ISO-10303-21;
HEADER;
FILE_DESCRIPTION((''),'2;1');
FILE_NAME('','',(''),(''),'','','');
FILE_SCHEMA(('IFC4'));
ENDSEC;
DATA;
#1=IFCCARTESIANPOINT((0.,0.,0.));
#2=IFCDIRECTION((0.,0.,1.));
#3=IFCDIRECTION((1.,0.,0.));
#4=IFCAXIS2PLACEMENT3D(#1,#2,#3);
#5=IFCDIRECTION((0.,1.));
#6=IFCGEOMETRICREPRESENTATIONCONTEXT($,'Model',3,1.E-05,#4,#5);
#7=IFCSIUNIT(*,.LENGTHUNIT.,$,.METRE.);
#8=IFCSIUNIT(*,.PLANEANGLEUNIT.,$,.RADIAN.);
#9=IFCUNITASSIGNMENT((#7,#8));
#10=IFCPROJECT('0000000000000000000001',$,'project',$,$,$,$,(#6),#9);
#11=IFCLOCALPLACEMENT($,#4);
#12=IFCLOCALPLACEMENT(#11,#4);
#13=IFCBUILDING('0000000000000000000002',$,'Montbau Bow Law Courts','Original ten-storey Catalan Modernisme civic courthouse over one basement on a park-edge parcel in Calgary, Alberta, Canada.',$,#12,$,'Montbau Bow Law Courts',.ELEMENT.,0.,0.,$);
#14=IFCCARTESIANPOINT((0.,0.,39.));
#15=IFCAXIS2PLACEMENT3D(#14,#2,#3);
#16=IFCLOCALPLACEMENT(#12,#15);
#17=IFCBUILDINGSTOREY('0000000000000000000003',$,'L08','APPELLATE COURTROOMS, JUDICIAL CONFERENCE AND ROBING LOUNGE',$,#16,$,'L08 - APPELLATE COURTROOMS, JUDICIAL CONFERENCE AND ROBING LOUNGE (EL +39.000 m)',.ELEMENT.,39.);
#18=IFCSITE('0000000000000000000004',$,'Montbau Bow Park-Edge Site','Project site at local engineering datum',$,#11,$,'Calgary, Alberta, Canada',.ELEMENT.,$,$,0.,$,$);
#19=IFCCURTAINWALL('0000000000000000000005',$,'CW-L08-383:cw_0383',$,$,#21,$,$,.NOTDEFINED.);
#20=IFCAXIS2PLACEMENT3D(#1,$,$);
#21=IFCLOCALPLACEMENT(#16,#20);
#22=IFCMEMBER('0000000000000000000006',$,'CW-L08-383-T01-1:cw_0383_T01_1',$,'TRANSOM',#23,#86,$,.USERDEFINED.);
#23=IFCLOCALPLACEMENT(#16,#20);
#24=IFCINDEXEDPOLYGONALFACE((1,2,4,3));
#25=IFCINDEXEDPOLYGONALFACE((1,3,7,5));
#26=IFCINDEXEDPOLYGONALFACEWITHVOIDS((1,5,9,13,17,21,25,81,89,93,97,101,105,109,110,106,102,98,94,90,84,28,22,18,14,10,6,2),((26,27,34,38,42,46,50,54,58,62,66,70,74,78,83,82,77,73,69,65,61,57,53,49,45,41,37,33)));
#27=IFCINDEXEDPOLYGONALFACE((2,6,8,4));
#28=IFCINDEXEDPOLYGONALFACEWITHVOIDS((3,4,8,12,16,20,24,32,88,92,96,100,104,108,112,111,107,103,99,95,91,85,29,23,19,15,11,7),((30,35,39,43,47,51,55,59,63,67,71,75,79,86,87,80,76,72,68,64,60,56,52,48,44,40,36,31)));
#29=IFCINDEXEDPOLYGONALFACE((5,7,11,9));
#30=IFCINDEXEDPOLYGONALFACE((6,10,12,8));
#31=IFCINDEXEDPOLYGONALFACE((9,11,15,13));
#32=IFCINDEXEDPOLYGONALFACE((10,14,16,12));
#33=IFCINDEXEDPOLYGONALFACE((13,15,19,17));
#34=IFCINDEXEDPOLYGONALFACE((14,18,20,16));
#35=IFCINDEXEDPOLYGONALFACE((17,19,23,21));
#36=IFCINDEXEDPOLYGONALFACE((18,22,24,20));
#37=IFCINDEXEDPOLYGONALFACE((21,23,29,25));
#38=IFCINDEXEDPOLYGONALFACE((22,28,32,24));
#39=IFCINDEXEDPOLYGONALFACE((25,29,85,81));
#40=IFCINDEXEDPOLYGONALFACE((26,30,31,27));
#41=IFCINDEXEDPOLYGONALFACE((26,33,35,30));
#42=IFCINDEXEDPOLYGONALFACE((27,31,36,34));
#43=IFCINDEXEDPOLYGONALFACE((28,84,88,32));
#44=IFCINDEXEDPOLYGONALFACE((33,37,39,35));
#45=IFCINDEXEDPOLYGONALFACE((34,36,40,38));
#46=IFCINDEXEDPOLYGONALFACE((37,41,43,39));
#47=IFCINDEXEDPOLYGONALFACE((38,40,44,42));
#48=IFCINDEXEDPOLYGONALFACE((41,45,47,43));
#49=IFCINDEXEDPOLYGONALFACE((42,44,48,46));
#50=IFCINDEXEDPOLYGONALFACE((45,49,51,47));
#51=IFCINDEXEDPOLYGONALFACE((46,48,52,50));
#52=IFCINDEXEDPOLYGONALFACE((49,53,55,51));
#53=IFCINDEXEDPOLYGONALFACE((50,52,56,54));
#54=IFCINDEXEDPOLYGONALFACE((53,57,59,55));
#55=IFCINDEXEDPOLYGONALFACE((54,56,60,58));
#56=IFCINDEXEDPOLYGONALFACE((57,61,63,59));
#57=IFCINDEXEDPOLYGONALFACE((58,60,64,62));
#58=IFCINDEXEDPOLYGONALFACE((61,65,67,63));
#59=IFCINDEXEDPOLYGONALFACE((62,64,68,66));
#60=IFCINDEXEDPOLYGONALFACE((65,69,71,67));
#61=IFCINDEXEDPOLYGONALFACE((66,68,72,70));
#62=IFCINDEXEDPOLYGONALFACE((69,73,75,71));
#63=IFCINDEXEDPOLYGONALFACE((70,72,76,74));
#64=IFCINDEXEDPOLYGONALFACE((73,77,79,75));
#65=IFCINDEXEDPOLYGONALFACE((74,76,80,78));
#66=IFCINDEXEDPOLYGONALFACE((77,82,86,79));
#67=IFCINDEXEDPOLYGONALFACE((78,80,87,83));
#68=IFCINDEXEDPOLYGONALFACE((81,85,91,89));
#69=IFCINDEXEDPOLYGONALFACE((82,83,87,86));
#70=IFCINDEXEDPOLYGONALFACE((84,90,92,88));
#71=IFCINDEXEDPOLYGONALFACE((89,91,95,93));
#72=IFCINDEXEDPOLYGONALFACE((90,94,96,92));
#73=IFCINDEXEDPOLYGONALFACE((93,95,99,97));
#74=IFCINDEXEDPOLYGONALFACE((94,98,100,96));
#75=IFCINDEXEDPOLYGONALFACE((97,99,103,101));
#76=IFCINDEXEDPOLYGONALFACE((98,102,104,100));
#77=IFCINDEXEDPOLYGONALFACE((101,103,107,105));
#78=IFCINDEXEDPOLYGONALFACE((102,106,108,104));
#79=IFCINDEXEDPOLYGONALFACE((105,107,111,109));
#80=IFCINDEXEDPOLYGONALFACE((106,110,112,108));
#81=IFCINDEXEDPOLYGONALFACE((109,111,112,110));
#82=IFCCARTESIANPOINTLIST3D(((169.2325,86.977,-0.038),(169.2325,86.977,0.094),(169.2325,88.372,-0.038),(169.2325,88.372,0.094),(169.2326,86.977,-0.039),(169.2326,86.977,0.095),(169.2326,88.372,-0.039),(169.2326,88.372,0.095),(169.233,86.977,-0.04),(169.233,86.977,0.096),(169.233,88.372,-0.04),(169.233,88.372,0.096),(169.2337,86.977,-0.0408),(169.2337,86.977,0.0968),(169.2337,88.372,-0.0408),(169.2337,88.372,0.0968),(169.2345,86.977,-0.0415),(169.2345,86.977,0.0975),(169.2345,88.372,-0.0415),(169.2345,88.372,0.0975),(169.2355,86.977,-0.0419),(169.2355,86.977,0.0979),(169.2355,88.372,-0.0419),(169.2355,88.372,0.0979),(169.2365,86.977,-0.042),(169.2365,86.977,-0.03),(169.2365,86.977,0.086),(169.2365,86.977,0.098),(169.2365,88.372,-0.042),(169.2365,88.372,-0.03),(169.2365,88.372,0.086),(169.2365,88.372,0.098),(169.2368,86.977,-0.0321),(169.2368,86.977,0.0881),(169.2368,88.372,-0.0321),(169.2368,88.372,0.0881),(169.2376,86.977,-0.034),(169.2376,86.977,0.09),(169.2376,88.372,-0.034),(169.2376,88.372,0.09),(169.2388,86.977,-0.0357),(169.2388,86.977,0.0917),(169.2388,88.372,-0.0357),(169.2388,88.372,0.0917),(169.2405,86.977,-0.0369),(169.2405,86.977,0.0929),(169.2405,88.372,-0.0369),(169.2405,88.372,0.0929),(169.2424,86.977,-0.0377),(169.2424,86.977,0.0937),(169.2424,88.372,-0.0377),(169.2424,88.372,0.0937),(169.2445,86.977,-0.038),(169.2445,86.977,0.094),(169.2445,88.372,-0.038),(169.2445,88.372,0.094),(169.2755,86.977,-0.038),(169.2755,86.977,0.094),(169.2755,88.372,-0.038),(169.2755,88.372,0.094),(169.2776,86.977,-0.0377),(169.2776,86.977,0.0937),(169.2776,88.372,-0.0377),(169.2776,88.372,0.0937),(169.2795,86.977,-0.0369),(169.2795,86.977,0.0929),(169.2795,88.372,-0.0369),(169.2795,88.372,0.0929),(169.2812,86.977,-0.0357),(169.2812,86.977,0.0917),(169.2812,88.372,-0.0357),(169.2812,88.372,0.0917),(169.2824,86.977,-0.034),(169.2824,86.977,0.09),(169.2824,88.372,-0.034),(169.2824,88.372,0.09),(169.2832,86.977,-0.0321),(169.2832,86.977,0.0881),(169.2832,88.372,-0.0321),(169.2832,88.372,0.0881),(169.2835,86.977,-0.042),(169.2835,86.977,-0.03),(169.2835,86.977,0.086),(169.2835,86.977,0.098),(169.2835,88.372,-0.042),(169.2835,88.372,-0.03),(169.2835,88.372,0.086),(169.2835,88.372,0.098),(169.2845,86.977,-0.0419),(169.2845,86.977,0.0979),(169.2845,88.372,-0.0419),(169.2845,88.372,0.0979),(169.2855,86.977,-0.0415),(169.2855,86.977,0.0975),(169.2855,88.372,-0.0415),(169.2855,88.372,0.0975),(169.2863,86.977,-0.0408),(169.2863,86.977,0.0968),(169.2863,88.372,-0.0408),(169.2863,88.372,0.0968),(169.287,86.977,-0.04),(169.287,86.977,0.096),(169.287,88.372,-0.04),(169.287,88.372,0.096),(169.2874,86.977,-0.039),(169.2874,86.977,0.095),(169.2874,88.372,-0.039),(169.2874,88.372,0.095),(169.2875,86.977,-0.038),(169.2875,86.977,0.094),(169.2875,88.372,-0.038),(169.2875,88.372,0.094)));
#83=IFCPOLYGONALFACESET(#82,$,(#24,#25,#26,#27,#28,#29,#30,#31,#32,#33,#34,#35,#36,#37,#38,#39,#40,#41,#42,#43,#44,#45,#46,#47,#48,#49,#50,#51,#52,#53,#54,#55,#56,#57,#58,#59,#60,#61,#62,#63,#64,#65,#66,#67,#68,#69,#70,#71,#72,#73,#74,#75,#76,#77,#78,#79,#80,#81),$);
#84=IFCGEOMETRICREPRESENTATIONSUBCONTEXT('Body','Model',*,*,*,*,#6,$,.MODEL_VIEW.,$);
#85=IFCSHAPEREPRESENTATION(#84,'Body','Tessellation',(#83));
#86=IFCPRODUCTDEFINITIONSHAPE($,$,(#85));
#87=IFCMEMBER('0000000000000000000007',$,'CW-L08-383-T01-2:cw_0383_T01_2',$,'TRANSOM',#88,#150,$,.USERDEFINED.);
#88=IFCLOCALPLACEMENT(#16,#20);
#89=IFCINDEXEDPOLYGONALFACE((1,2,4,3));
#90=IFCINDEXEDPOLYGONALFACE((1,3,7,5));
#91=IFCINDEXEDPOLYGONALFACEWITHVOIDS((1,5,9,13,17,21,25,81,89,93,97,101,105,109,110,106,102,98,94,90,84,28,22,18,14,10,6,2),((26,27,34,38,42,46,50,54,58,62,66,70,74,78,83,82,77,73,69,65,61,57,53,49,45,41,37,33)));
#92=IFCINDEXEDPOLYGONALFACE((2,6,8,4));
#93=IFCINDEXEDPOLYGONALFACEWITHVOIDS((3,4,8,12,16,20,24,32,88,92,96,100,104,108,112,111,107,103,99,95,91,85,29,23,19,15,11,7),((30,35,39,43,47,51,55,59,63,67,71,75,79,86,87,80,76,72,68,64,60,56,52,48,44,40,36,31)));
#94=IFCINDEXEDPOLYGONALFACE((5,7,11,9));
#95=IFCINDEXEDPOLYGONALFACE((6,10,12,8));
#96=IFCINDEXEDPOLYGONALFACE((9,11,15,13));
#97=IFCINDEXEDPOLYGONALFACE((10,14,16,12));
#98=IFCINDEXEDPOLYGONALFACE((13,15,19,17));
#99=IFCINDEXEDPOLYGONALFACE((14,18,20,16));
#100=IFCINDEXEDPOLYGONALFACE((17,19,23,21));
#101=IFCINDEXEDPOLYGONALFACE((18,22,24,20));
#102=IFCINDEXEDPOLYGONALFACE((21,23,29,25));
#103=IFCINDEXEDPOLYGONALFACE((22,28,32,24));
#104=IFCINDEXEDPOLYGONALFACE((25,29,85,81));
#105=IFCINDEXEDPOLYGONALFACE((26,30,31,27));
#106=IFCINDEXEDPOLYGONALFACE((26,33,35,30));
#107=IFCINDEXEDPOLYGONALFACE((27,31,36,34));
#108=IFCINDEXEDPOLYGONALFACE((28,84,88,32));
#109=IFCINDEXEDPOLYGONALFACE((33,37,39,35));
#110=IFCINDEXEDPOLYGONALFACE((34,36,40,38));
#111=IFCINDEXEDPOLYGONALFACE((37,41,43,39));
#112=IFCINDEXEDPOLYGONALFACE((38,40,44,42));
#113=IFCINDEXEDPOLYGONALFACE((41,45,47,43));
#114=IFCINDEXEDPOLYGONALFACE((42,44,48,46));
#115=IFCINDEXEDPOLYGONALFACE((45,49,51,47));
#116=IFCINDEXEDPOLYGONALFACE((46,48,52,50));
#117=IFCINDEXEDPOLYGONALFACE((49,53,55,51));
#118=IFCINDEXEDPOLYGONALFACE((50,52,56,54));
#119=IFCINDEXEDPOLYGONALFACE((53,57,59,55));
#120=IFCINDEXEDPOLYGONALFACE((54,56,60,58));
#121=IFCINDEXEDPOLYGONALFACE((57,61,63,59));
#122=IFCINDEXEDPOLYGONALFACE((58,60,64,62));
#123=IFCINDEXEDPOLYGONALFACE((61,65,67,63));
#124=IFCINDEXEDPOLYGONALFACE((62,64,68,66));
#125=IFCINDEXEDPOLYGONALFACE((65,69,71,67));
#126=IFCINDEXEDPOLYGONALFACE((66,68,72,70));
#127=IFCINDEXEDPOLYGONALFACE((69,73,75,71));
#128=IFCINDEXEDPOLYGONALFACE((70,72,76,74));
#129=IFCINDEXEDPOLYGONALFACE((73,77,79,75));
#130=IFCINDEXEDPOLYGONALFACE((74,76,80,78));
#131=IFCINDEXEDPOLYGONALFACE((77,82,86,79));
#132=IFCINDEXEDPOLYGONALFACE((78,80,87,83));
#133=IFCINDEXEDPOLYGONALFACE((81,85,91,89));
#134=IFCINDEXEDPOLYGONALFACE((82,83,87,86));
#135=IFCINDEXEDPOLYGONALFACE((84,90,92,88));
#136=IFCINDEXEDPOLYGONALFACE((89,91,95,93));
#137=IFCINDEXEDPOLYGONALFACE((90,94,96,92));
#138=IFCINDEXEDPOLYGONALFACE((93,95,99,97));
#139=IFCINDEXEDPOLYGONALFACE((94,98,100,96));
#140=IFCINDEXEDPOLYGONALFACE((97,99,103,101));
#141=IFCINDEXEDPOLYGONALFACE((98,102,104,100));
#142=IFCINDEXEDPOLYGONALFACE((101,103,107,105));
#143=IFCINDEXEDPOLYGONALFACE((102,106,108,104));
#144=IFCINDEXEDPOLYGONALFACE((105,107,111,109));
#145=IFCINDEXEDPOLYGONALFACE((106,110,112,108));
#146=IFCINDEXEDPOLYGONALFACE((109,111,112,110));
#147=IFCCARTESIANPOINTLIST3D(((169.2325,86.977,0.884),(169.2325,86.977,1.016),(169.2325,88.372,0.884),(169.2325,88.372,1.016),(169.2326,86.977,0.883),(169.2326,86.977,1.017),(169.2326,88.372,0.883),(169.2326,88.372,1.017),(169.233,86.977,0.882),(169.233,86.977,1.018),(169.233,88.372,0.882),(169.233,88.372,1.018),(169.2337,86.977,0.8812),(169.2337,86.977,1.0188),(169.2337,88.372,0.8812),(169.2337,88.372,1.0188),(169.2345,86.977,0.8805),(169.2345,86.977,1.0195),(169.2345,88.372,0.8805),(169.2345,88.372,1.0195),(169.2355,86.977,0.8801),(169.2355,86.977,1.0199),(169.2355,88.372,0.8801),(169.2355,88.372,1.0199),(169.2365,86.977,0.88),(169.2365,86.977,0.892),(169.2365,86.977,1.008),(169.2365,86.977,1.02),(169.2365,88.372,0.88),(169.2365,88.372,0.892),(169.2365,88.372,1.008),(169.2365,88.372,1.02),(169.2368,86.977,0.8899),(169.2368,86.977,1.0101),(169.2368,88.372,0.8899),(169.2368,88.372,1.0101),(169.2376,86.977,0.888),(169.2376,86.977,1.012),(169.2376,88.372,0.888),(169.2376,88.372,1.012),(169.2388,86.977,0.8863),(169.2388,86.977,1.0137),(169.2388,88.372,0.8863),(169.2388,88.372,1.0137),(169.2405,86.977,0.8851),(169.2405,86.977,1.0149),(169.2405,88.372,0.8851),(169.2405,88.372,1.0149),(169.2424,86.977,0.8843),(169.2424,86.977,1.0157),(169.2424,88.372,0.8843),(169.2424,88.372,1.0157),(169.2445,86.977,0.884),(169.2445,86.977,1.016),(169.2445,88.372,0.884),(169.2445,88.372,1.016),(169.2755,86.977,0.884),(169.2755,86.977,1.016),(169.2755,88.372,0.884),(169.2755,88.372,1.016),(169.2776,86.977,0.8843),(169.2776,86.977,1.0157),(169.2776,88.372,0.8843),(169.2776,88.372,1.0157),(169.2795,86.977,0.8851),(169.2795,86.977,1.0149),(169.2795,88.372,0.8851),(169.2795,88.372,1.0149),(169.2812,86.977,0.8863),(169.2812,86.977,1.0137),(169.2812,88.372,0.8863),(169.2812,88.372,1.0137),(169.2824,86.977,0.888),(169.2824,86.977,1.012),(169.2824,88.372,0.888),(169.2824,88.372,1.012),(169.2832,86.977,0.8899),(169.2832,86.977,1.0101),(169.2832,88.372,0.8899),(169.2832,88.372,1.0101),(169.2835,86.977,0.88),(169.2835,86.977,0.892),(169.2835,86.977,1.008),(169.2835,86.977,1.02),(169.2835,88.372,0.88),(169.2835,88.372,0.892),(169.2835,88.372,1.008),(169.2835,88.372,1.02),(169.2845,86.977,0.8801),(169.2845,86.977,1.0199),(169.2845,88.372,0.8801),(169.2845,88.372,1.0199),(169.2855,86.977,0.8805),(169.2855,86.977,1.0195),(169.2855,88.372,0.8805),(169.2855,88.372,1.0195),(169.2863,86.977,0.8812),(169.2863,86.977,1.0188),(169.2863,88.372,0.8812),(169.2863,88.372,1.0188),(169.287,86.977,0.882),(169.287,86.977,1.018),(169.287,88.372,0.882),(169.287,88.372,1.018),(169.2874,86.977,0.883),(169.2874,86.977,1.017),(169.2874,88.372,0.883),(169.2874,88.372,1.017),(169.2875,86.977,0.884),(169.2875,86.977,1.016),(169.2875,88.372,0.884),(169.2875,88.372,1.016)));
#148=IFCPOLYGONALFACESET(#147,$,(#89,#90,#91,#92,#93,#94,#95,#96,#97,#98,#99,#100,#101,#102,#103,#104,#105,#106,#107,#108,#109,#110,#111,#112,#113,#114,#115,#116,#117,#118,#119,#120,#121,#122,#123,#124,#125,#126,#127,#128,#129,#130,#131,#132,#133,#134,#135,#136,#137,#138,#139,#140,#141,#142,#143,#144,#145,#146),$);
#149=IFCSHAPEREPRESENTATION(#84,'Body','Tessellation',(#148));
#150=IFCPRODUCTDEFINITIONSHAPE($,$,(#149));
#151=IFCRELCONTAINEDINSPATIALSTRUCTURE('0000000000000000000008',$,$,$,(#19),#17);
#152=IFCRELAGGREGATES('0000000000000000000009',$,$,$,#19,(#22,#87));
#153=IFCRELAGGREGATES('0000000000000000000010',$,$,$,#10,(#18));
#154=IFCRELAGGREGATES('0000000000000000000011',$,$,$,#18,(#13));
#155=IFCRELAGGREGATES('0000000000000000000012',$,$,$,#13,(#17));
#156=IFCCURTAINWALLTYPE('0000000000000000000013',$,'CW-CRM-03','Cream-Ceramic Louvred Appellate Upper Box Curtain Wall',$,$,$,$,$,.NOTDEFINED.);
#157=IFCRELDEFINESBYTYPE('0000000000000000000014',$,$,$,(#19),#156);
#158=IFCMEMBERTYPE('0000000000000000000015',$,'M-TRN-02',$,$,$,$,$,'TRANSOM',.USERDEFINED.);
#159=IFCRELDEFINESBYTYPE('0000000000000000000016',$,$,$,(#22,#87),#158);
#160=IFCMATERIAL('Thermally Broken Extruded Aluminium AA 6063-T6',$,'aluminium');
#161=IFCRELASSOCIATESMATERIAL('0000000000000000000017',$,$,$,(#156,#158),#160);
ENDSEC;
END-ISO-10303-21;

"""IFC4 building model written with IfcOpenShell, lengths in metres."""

from ifc_helpers import new_model, si_unit, direction, frame, origin_with_axes, origin_2d_with_axis, place, context, subcontext, project, spatial, hollow_rectangle, extrude, material, material_profile, profile_set, type_object, element, aggregate, save


model = new_model("IFC4")

# Units and contexts
model_context = context("Model", 3, precision=1e-05, world=origin_with_axes(), true_north=direction((0.0, 1.0)))
body_context = subcontext(model_context, "Body", "Model", "MODEL_VIEW")
ifc_project = project(units=[si_unit("LENGTHUNIT", "METRE"), si_unit("PLANEANGLEUNIT", "RADIAN")], contexts=[model_context])

# Site, building, storey
site_placement = place(None, origin_with_axes())
site = spatial("IfcSite", under=ifc_project, at=site_placement, Name="Montbau Bow Park-Edge Site", Description="Project site at local engineering datum", LongName="Calgary, Alberta, Canada", CompositionType="ELEMENT", RefElevation=0.0)
building_placement = place(site_placement, origin_with_axes())
building = spatial("IfcBuilding", under=site, at=building_placement, Name="Montbau Bow Law Courts", Description="Original ten-storey Catalan Modernisme civic courthouse over one basement on a park-edge parcel in Calgary, Alberta, Canada.", LongName="Montbau Bow Law Courts", CompositionType="ELEMENT", ElevationOfRefHeight=0.0, ElevationOfTerrain=0.0)
storey_placement = place(building_placement, frame((0.0, 0.0, 39.0), z_axis=(0.0, 0.0, 1.0), x_axis=(1.0, 0.0, 0.0)))
storey = spatial("IfcBuildingStorey", under=building, at=storey_placement, Name="L08", Description="APPELLATE COURTROOMS, JUDICIAL CONFERENCE AND ROBING LOUNGE", LongName="L08 - APPELLATE COURTROOMS, JUDICIAL CONFERENCE AND ROBING LOUNGE (EL +39.000 m)", CompositionType="ELEMENT", Elevation=39.0)

# Curtain wall
ifc_material_1 = material(Name="Thermally Broken Extruded Aluminium AA 6063-T6", Category="aluminium")
curtain_wall_type = type_object("IfcCurtainWallType", Name="CW-CRM-03", Description="Cream-Ceramic Louvred Appellate Upper Box Curtain Wall", PredefinedType="NOTDEFINED", material=ifc_material_1)
curtain_wall_1_placement = place(None, frame((169.26, 86.915, 39.0), z_axis=(0.0, 0.0, 1.0), x_axis=(1.0, 0.0, 0.0)))
curtain_wall_1 = element("IfcCurtainWall", 1, at=curtain_wall_1_placement, inside=storey, type_object=curtain_wall_type, Name="CW-L08-383:cw_0383", PredefinedType="NOTDEFINED")

# Members
ifc_material_profile_1 = material_profile(ifc_material_1, hollow_rectangle(XDim=0.055, YDim=0.14, WallThickness=0.004, InnerFilletRadius=0.008, OuterFilletRadius=0.004, at=origin_2d_with_axis()), Name="CWT-140X55", Category="Main", Priority=0)
ifc_profile_set_1 = profile_set([ifc_material_profile_1], Name="Thermally Broken Extruded Aluminium AA 6063-T6")
member_type_1 = type_object("IfcMemberType", Name="M-TRN-02", ElementType="TRANSOM", PredefinedType="USERDEFINED", material=ifc_profile_set_1)
member_1_placement = place(None, frame((169.26, 86.977, 39.028), z_axis=(0.0, 1.0, 0.0), x_axis=(-1.0, 0.0, 0.0)))
member_1 = element("IfcMember", 2, at=member_1_placement, type_object=member_type_1, Name="CW-L08-383-T01-1:cw_0383_T01_1", ObjectType="TRANSOM", PredefinedType="USERDEFINED", context=body_context, shape_type="SweptSolid", body=[
    extrude(hollow_rectangle(XDim=0.055, YDim=0.14, WallThickness=0.004, InnerFilletRadius=0.008, OuterFilletRadius=0.004, at=origin_2d_with_axis()), origin_with_axes(), (0.0, 0.0, 1.0), 1.395),
])
member_2_placement = place(None, frame((169.26, 86.977, 39.95), z_axis=(0.0, 1.0, 0.0), x_axis=(-1.0, 0.0, 0.0)))
member_2 = element("IfcMember", 3, at=member_2_placement, type_object=member_type_1, Name="CW-L08-383-T01-2:cw_0383_T01_2", ObjectType="TRANSOM", PredefinedType="USERDEFINED", context=body_context, shape_type="SweptSolid", body=[
    extrude(hollow_rectangle(XDim=0.055, YDim=0.14, WallThickness=0.004, InnerFilletRadius=0.008, OuterFilletRadius=0.004, at=origin_2d_with_axis()), origin_with_axes(), (0.0, 0.0, 1.0), 1.395),
])

aggregate(curtain_wall_1, [member_1, member_2])

save(model, "model.ifc")
